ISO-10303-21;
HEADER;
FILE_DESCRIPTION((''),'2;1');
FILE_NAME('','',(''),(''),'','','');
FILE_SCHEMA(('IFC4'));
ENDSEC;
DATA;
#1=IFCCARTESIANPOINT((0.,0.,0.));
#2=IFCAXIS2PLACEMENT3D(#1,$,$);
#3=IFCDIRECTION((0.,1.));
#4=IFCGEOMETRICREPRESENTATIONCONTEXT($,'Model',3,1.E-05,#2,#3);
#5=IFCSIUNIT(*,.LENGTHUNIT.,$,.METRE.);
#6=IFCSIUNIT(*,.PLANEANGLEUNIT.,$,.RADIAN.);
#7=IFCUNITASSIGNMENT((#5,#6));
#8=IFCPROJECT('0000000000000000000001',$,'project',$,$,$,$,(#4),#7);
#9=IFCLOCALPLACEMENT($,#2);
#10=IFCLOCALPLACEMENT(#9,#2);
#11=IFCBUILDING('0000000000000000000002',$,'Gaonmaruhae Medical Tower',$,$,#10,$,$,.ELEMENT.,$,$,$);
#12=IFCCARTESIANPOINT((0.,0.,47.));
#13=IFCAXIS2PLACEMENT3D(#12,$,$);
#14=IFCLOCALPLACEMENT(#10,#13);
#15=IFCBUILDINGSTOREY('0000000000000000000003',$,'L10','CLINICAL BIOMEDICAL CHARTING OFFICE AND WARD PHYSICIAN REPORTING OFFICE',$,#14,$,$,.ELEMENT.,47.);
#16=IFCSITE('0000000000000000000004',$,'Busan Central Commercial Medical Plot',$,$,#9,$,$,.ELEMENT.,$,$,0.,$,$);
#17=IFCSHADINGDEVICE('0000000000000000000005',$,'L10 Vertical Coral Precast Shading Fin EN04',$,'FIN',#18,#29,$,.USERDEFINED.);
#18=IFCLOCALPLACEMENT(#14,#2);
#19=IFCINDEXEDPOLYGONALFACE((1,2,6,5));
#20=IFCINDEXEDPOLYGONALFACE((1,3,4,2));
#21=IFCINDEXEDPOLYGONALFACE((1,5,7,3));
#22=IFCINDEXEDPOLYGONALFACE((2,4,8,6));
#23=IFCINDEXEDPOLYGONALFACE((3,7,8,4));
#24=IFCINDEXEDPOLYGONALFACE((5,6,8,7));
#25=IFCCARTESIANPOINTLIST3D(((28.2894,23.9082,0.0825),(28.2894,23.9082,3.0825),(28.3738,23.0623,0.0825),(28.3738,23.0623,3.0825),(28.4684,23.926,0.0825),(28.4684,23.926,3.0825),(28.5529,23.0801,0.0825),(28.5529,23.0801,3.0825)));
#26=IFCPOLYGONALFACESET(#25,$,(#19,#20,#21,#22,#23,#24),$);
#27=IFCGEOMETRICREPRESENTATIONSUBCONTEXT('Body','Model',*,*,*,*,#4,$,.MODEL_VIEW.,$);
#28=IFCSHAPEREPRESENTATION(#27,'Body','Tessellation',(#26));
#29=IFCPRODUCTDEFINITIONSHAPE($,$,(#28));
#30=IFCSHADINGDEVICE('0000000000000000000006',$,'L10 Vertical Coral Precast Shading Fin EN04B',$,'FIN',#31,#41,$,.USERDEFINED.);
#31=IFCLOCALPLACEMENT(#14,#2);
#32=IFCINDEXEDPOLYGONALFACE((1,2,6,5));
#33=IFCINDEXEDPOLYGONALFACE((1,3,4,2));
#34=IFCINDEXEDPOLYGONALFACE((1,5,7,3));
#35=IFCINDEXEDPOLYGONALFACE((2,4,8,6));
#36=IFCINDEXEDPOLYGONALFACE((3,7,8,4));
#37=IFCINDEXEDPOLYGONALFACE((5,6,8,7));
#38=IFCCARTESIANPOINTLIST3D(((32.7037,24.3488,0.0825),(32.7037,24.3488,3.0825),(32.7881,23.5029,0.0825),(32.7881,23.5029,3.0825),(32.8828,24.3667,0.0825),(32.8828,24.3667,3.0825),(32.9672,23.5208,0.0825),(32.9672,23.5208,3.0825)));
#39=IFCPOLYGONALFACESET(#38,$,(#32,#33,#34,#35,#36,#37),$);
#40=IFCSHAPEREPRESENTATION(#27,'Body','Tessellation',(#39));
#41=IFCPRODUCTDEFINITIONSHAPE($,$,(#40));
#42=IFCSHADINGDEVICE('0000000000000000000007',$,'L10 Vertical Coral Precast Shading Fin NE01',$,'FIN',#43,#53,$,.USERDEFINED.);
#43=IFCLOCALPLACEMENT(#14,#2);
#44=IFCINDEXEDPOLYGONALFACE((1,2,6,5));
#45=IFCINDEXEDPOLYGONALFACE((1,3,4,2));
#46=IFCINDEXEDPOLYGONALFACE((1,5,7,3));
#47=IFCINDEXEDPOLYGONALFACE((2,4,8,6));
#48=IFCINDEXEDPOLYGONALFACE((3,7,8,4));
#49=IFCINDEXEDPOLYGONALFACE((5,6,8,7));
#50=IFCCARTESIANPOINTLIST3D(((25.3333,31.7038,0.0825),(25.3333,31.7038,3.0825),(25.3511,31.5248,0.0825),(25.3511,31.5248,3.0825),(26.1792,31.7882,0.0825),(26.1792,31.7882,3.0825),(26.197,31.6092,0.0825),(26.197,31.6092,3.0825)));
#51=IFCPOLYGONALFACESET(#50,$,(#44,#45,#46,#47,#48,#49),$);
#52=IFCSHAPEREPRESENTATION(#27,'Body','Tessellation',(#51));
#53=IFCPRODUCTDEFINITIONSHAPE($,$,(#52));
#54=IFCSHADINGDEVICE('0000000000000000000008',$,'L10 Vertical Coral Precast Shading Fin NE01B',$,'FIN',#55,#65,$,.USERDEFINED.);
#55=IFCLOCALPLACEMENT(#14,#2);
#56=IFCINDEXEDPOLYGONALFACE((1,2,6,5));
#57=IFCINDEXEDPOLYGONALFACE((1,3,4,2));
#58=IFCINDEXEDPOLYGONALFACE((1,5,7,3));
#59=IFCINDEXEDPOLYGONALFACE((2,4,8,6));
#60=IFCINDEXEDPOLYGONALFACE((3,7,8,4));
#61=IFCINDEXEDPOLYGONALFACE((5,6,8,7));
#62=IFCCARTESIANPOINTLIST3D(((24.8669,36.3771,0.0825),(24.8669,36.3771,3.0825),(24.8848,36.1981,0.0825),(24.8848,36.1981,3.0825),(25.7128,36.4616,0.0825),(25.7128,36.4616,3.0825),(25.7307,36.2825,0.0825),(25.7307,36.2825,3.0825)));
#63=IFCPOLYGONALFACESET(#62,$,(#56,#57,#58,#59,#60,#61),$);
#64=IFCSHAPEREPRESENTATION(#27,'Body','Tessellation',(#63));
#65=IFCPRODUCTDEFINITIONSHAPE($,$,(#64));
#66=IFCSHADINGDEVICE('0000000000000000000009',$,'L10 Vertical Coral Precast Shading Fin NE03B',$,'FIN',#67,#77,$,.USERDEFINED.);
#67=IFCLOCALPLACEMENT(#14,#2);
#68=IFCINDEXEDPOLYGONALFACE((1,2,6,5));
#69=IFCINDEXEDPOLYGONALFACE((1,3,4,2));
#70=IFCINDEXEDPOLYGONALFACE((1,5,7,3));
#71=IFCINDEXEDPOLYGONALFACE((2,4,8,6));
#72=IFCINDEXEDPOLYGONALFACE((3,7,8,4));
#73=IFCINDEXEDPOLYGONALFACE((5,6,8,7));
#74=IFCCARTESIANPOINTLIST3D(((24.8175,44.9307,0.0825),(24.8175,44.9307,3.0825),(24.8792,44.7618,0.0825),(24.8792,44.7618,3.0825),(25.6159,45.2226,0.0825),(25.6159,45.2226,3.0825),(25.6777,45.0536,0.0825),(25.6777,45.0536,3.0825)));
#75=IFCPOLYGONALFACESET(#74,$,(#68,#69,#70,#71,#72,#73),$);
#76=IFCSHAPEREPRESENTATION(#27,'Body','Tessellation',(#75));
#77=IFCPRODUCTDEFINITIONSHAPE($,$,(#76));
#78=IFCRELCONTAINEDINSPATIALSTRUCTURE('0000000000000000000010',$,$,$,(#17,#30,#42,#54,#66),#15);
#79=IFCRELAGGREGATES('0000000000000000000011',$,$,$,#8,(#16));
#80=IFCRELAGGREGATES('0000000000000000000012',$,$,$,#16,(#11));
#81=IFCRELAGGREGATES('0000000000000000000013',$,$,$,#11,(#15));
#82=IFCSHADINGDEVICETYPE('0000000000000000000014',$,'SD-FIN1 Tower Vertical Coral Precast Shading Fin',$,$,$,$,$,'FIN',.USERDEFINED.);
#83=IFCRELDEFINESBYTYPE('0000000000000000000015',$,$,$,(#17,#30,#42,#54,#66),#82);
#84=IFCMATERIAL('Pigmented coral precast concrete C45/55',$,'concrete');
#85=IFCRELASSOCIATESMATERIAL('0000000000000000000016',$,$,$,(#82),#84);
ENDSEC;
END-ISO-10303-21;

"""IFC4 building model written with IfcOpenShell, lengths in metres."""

from ifc_helpers import new_model, si_unit, direction, frame, origin, origin_2d, place, context, subcontext, project, spatial, rectangle, extrude, material, type_object, element, save


model = new_model("IFC4")

# Units and contexts
model_context = context("Model", 3, precision=1e-05, world=origin(), true_north=direction((0.0, 1.0)))
body_context = subcontext(model_context, "Body", "Model", "MODEL_VIEW")
ifc_project = project(units=[si_unit("LENGTHUNIT", "METRE"), si_unit("PLANEANGLEUNIT", "RADIAN")], contexts=[model_context])

# Site, building, storey
site_placement = place(None, origin())
site = spatial("IfcSite", under=ifc_project, at=site_placement, Name="Busan Central Commercial Medical Plot", CompositionType="ELEMENT", RefElevation=0.0)
building_placement = place(site_placement, origin())
building = spatial("IfcBuilding", under=site, at=building_placement, Name="Gaonmaruhae Medical Tower", CompositionType="ELEMENT")
storey_placement = place(building_placement, frame((0.0, 0.0, 47.0)))
storey = spatial("IfcBuildingStorey", under=building, at=storey_placement, Name="L10", Description="CLINICAL BIOMEDICAL CHARTING OFFICE AND WARD PHYSICIAN REPORTING OFFICE", CompositionType="ELEMENT", Elevation=47.0)

# Shading devices
ifc_material_1 = material(Name="Pigmented coral precast concrete C45/55", Category="concrete")
shading_device_type = type_object("IfcShadingDeviceType", Name="SD-FIN1 Tower Vertical Coral Precast Shading Fin", ElementType="FIN", PredefinedType="USERDEFINED", material=ifc_material_1)
for number, where, z_axis, x_axis, name in (
    (1, (28.4211, 23.4941, 0.0825), (0.0, 0.0, 1.0), (0.995056, 0.09932, 0.0), "L10 Vertical Coral Precast Shading Fin EN04"),
    (2, (32.8354, 23.9348, 0.0825), (0.0, 0.0, 1.0), (0.995056, 0.09932, 0.0), "L10 Vertical Coral Precast Shading Fin EN04B"),
    (3, (25.7651, 31.6565, 0.0825), (0.0, 0.0, 1.0), (-0.099302, 0.995057, 0.0), "L10 Vertical Coral Precast Shading Fin NE01"),
    (4, (25.2988, 36.3298, 0.0825), (0.0, 0.0, 1.0), (-0.099302, 0.995057, 0.0), "L10 Vertical Coral Precast Shading Fin NE01B"),
    (5, (25.2476, 44.9922, 0.0825), (0.0, 0.0, 1.0), (0.343348, -0.939208, 0.0), "L10 Vertical Coral Precast Shading Fin NE03B"),
):
    element("IfcShadingDevice", number, at=place(storey_placement, frame(where, z_axis=z_axis, x_axis=x_axis)), inside=storey, type_object=shading_device_type, Name=name, ObjectType="FIN", PredefinedType="USERDEFINED", context=body_context, shape_type="SweptSolid", body=[
        extrude(rectangle(XDim=0.1799, YDim=0.8501, at=origin_2d()), origin(), (0.0, 0.0, 1.0), 3.0),
    ])

save(model, "model.ifc")
